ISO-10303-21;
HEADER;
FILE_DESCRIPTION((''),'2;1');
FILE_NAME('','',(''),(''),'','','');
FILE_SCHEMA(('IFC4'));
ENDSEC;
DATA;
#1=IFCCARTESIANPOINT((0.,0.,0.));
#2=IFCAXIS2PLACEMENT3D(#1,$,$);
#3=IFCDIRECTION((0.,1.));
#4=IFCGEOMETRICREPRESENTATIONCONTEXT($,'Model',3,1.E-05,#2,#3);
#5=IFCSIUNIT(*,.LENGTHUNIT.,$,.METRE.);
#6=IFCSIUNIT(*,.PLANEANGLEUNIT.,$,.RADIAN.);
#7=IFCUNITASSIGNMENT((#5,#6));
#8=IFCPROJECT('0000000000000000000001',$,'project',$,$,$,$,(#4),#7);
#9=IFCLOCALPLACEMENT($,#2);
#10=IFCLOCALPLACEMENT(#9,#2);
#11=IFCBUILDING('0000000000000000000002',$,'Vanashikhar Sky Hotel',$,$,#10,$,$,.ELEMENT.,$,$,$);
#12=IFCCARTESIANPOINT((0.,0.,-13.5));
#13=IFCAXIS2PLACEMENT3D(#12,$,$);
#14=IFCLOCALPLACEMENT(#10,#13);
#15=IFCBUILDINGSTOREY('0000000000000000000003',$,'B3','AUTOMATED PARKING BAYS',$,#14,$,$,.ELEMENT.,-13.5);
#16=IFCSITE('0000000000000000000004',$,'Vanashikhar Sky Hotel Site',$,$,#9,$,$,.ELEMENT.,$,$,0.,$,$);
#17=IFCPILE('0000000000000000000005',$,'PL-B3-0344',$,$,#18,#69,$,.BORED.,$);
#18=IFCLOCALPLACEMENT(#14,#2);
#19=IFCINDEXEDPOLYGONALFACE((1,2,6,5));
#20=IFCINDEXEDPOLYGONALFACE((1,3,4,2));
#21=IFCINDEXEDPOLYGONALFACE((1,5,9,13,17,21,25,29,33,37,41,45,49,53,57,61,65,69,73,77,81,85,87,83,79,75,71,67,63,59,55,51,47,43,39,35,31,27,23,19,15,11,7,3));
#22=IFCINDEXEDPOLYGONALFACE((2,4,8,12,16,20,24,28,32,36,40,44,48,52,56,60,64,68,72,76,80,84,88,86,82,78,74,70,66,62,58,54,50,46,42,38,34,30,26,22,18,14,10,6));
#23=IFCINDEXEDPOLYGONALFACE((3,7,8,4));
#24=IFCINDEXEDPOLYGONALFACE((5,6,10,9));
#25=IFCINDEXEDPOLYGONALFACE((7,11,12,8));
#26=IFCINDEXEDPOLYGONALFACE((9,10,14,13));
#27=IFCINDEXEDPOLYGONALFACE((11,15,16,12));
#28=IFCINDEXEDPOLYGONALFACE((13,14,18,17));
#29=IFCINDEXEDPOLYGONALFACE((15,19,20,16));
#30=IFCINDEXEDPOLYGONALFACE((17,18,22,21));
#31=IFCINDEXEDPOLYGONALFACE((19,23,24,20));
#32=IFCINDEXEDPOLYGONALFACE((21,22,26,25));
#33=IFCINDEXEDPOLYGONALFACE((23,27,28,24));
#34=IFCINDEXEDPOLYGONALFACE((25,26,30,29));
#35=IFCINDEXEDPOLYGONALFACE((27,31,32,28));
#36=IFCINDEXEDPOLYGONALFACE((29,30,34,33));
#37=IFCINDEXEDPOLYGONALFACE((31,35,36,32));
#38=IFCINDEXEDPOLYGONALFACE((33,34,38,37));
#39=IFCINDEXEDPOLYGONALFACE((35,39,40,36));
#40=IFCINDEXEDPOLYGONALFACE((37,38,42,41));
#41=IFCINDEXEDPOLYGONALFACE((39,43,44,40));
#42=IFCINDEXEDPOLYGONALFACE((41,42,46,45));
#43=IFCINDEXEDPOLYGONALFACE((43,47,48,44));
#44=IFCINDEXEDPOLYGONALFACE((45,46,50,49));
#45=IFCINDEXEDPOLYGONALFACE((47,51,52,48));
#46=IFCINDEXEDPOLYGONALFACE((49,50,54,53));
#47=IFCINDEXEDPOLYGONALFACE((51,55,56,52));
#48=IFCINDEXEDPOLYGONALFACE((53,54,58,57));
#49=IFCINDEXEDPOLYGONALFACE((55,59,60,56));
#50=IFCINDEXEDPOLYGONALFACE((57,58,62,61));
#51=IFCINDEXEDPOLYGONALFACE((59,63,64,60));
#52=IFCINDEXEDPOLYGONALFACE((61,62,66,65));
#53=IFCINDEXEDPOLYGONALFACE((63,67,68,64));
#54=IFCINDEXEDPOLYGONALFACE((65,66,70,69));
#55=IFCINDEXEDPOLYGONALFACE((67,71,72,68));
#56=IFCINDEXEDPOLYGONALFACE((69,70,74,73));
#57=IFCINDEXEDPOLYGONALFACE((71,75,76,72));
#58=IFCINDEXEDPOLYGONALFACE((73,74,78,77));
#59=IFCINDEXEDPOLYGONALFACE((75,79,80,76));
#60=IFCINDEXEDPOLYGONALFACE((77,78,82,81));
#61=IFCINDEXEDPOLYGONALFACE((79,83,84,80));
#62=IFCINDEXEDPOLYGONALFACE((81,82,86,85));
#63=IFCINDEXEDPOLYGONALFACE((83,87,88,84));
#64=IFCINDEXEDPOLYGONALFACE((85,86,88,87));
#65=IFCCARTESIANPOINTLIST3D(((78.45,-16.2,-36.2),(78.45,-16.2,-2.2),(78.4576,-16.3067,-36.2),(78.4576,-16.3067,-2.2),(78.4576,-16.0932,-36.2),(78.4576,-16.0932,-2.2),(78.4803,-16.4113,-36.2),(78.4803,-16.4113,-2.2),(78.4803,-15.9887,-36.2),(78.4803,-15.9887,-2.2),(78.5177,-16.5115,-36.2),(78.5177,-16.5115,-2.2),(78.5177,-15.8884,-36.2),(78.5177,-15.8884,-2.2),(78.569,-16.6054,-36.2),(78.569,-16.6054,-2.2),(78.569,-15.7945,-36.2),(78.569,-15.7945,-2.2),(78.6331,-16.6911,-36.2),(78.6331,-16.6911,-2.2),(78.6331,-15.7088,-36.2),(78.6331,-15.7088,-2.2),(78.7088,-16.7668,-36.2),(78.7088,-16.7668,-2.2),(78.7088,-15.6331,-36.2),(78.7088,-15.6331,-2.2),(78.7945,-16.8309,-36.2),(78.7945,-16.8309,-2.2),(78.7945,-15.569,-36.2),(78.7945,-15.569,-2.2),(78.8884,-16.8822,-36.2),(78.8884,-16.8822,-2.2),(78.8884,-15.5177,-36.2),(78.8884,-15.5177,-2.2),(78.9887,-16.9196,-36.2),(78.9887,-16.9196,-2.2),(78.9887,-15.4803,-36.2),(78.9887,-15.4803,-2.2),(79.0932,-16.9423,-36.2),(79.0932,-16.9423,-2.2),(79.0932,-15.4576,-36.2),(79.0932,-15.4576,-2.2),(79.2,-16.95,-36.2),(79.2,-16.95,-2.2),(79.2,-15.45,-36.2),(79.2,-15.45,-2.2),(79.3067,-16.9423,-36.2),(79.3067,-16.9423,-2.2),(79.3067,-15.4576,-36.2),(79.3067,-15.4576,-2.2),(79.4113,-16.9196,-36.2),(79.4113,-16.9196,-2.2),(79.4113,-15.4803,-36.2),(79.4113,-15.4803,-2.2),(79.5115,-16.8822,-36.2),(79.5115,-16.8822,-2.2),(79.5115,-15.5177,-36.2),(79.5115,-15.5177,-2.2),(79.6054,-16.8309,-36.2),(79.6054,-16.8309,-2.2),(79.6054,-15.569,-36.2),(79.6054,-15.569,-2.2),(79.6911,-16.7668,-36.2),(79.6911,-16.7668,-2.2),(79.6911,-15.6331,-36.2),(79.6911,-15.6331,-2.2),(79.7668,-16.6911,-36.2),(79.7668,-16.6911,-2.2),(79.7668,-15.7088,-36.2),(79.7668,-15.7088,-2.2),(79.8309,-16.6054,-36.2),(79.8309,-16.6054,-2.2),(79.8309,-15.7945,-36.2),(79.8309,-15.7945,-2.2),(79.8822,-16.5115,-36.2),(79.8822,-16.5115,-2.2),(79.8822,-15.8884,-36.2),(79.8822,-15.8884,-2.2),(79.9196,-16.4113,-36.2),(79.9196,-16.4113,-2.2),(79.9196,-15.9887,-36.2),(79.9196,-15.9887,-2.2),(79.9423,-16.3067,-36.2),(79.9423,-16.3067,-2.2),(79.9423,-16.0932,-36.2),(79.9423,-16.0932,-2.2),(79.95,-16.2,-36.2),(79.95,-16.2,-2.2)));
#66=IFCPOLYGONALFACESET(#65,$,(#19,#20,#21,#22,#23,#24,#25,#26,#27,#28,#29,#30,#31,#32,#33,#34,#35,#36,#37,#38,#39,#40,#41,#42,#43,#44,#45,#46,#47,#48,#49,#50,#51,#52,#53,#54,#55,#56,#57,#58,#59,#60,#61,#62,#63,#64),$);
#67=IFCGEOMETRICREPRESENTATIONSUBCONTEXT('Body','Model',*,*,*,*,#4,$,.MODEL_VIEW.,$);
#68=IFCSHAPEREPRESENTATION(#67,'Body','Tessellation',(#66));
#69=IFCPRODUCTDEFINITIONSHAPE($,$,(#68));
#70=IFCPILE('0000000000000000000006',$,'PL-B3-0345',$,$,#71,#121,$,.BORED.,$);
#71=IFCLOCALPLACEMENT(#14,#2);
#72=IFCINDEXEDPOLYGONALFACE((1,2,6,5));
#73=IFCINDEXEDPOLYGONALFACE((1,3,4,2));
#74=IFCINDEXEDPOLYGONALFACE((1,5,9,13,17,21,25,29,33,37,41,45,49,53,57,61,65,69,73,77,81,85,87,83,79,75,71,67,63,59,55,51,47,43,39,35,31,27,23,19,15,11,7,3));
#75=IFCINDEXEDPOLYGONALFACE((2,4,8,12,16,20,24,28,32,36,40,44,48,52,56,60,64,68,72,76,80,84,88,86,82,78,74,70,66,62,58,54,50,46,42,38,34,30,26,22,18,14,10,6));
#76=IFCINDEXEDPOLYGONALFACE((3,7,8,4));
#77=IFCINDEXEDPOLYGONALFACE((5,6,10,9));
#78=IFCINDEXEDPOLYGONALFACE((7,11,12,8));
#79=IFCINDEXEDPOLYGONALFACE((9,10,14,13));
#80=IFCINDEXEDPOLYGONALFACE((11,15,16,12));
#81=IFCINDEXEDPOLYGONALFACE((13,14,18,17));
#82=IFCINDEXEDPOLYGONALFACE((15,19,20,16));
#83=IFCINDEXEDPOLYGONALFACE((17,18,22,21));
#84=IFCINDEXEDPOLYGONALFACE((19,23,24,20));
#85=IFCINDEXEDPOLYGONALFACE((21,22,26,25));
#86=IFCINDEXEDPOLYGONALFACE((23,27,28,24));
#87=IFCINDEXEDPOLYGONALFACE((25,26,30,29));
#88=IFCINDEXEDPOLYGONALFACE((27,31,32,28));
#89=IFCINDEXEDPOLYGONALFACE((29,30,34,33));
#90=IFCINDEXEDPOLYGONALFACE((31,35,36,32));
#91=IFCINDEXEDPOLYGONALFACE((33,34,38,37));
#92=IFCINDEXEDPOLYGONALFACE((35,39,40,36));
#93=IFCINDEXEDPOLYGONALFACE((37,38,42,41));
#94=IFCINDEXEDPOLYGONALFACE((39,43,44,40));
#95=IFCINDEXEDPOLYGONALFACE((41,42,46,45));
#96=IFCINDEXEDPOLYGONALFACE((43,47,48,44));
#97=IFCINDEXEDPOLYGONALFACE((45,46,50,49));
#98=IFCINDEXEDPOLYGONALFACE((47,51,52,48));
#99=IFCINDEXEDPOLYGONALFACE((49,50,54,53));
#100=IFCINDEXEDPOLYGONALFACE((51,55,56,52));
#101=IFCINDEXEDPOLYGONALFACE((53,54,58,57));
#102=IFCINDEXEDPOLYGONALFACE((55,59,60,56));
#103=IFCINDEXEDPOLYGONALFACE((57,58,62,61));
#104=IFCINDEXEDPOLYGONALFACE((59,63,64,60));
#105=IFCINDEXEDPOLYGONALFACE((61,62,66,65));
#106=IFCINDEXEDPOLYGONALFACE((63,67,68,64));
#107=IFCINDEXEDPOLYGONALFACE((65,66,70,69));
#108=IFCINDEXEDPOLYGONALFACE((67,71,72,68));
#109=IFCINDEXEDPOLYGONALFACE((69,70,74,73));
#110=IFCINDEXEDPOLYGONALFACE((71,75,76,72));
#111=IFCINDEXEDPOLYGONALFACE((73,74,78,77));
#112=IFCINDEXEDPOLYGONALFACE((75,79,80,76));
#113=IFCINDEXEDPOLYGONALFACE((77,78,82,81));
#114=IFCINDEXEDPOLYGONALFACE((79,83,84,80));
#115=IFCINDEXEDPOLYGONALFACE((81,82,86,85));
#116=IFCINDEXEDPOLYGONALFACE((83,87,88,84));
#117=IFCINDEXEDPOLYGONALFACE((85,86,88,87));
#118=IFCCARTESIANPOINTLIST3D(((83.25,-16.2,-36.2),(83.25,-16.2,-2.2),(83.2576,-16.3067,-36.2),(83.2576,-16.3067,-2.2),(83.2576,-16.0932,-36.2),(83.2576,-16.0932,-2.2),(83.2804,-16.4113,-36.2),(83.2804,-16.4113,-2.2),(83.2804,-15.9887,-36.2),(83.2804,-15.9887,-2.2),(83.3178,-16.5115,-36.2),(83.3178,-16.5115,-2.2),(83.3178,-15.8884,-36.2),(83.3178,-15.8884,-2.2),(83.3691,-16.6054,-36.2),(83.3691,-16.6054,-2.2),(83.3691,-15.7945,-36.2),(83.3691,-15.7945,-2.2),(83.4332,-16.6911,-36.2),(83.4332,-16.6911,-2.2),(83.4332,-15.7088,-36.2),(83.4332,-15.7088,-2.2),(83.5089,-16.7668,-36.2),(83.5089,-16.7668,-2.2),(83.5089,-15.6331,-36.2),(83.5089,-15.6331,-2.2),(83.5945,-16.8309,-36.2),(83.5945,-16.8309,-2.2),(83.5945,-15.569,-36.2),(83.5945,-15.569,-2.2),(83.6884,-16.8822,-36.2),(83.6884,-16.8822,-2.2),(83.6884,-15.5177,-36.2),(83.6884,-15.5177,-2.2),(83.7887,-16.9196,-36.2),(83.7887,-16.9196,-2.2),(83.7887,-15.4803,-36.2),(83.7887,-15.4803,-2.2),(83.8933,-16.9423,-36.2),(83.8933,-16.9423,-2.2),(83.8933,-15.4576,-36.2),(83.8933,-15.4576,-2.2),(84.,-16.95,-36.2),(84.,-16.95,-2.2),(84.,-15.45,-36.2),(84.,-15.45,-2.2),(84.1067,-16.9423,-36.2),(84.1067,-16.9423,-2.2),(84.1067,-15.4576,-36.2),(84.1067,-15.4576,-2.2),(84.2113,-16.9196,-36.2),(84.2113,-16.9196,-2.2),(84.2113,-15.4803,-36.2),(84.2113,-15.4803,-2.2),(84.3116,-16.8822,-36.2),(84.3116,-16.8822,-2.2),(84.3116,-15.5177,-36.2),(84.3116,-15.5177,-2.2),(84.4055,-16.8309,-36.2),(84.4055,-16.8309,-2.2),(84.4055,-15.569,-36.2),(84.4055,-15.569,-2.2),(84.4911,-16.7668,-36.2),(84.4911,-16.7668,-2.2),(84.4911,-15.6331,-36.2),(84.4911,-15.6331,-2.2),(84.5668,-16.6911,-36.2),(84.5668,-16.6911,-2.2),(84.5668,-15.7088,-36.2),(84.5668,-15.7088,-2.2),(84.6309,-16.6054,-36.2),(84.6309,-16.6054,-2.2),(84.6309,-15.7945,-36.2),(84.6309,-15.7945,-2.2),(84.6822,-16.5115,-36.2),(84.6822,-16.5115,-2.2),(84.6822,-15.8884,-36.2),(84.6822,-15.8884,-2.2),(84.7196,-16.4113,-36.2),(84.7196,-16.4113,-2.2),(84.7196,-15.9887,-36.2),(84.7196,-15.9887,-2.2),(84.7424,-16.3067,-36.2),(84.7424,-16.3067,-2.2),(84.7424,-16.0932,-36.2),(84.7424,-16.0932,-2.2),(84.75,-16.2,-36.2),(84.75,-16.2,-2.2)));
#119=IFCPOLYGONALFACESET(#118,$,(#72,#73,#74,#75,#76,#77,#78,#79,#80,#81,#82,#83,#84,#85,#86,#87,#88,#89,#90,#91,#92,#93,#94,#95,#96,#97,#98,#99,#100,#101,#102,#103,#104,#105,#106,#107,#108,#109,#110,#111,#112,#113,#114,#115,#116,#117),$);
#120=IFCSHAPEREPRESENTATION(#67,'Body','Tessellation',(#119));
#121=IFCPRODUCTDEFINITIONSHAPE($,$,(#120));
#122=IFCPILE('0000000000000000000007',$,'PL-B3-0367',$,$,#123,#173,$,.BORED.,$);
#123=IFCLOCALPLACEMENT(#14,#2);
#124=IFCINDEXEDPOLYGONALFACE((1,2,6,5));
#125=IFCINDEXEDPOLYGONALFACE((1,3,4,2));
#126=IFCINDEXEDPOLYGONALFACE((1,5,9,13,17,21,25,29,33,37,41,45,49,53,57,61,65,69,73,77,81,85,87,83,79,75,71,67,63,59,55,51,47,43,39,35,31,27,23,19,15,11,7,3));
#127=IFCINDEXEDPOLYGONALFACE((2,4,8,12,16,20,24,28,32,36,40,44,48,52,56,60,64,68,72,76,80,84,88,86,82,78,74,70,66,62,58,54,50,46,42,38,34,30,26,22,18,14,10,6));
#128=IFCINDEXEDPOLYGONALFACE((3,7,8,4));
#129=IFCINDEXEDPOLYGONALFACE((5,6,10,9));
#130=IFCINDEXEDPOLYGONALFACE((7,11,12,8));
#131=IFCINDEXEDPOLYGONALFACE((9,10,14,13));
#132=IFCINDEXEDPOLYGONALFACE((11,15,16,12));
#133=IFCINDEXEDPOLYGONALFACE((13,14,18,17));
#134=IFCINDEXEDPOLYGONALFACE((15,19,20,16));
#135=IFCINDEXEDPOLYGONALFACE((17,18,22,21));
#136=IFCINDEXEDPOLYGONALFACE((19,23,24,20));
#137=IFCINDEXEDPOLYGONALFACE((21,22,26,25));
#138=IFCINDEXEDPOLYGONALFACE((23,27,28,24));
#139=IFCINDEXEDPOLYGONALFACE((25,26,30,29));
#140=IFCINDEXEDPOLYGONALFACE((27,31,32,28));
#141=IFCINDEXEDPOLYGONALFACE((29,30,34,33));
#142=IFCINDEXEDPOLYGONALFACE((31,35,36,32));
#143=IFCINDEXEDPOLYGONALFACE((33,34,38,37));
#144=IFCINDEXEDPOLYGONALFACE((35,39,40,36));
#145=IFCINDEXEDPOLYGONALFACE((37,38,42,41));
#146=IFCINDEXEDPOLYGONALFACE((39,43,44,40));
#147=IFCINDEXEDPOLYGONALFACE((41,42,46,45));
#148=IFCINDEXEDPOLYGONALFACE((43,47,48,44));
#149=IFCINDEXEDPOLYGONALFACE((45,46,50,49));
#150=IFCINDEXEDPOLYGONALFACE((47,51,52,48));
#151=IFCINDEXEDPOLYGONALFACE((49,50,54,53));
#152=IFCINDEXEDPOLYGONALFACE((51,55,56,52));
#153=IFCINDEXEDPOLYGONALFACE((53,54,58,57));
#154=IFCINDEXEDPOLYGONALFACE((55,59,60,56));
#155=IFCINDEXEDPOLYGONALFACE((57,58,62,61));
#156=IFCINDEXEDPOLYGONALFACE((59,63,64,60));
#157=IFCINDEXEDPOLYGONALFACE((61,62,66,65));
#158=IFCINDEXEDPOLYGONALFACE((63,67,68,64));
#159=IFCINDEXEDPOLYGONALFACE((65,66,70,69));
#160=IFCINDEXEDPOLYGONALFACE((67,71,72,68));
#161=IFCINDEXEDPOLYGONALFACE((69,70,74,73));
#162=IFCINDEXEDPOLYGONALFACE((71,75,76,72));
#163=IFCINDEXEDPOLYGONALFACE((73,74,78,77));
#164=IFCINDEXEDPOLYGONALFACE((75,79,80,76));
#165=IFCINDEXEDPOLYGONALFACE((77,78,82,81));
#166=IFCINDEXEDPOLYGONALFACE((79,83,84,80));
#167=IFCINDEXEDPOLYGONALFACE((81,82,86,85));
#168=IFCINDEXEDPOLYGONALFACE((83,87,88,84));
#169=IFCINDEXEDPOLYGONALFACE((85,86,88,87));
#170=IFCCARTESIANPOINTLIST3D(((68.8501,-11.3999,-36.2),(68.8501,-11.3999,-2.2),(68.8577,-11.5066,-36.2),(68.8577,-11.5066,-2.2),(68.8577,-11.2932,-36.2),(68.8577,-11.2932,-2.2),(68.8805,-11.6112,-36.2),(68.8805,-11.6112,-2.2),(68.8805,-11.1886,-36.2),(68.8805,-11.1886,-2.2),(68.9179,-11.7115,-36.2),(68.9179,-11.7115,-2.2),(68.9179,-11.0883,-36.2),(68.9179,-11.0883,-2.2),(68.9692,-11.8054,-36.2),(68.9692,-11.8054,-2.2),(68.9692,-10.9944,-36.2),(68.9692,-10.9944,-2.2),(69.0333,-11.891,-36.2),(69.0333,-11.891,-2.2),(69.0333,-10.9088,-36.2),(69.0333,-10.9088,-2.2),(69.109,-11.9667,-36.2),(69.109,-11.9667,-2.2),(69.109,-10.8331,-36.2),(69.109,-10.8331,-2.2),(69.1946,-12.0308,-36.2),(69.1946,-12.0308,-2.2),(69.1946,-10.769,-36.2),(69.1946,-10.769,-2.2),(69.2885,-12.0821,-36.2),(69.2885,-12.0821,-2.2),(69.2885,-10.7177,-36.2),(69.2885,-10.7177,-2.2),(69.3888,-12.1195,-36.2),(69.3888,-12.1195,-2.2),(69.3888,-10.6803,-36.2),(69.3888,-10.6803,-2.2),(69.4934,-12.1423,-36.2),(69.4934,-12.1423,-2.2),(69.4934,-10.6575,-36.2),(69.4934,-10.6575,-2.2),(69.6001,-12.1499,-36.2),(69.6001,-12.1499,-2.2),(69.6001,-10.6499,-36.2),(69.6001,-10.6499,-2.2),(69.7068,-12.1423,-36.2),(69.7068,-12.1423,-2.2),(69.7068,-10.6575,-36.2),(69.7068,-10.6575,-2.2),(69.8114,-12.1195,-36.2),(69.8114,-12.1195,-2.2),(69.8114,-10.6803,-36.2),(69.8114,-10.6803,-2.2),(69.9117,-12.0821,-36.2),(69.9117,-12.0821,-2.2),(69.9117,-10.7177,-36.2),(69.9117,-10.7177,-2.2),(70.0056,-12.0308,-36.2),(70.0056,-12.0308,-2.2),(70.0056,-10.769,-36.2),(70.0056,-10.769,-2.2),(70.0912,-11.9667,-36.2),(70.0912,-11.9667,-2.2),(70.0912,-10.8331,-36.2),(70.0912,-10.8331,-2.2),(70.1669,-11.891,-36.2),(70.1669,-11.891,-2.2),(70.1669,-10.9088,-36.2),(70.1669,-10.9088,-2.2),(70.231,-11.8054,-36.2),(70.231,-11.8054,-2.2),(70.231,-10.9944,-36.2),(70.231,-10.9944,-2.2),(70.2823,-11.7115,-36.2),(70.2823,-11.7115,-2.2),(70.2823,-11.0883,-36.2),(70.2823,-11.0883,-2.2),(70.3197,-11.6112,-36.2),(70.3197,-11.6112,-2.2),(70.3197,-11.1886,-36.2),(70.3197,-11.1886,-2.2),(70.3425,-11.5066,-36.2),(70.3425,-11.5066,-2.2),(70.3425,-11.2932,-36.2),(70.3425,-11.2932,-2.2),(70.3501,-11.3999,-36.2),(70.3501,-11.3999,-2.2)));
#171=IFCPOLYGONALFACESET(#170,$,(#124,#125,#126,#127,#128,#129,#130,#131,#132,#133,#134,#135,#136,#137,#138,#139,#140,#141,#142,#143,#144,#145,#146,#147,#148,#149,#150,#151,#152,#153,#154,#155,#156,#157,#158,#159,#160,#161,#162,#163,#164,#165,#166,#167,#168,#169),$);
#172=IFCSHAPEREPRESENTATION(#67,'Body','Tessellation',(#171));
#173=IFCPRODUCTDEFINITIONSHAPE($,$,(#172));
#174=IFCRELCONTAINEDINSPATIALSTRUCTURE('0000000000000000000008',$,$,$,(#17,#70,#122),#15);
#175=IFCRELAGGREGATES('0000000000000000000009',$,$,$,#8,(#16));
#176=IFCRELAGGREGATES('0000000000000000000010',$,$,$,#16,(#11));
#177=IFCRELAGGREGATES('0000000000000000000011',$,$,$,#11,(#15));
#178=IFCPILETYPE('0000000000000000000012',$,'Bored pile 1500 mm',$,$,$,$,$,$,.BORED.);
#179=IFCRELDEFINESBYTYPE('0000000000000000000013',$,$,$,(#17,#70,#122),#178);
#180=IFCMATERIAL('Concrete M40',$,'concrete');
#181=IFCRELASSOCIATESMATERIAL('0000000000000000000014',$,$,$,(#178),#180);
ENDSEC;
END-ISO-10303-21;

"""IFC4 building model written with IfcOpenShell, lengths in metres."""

from ifc_helpers import new_model, si_unit, direction, frame, origin, origin_2d, place, context, subcontext, project, spatial, circle, extrude, source, transform, mapped, material, type_object, element, save


model = new_model("IFC4")

# Units and contexts
model_context = context("Model", 3, precision=1e-05, world=origin(), true_north=direction((0.0, 1.0)))
body_context = subcontext(model_context, "Body", "Model", "MODEL_VIEW")
ifc_project = project(units=[si_unit("LENGTHUNIT", "METRE"), si_unit("PLANEANGLEUNIT", "RADIAN")], contexts=[model_context])

# Site, building, storey
site_placement = place(None, origin())
site = spatial("IfcSite", under=ifc_project, at=site_placement, Name="Vanashikhar Sky Hotel Site", CompositionType="ELEMENT", RefElevation=0.0)
building_placement = place(site_placement, origin())
building = spatial("IfcBuilding", under=site, at=building_placement, Name="Vanashikhar Sky Hotel", CompositionType="ELEMENT")
storey_placement = place(building_placement, frame((0.0, 0.0, -13.5)))
storey = spatial("IfcBuildingStorey", under=building, at=storey_placement, Name="B3", Description="AUTOMATED PARKING BAYS", CompositionType="ELEMENT", Elevation=-13.5)

# Piles
ifc_material_1 = material(Name="Concrete M40", Category="concrete")
pile_type_1 = type_object("IfcPileType", Name="Bored pile 1500 mm", PredefinedType="BORED", material=ifc_material_1)
shared_shape_1 = source(origin(), body_context, "Body", "SweptSolid", [
    extrude(circle(Radius=0.75, at=origin_2d()), origin(), (0.0, 0.0, 1.0), 34.0),
])
for number, where, z_axis, x_axis, name in (
    (1, (79.2, -16.2, -2.2), (0.0, 0.0, -1.0), (1.0, 0.0, 0.0), "PL-B3-0344"),
    (2, (84.0, -16.2, -2.2), (0.0, 0.0, -1.0), (1.0, 0.0, 0.0), "PL-B3-0345"),
    (3, (69.6001, -11.3999, -2.2), (0.0, 0.0, -1.0), (1.0, 0.0, 0.0), "PL-B3-0367"),
):
    element("IfcPile", number, at=place(storey_placement, frame(where, z_axis=z_axis, x_axis=x_axis)), inside=storey, type_object=pile_type_1, Name=name, PredefinedType="BORED", context=body_context, shape_type="MappedRepresentation", body=[
        mapped(shared_shape_1, transform((0.0, 0.0, 0.0), scale=1.0)),
    ])

save(model, "model.ifc")
